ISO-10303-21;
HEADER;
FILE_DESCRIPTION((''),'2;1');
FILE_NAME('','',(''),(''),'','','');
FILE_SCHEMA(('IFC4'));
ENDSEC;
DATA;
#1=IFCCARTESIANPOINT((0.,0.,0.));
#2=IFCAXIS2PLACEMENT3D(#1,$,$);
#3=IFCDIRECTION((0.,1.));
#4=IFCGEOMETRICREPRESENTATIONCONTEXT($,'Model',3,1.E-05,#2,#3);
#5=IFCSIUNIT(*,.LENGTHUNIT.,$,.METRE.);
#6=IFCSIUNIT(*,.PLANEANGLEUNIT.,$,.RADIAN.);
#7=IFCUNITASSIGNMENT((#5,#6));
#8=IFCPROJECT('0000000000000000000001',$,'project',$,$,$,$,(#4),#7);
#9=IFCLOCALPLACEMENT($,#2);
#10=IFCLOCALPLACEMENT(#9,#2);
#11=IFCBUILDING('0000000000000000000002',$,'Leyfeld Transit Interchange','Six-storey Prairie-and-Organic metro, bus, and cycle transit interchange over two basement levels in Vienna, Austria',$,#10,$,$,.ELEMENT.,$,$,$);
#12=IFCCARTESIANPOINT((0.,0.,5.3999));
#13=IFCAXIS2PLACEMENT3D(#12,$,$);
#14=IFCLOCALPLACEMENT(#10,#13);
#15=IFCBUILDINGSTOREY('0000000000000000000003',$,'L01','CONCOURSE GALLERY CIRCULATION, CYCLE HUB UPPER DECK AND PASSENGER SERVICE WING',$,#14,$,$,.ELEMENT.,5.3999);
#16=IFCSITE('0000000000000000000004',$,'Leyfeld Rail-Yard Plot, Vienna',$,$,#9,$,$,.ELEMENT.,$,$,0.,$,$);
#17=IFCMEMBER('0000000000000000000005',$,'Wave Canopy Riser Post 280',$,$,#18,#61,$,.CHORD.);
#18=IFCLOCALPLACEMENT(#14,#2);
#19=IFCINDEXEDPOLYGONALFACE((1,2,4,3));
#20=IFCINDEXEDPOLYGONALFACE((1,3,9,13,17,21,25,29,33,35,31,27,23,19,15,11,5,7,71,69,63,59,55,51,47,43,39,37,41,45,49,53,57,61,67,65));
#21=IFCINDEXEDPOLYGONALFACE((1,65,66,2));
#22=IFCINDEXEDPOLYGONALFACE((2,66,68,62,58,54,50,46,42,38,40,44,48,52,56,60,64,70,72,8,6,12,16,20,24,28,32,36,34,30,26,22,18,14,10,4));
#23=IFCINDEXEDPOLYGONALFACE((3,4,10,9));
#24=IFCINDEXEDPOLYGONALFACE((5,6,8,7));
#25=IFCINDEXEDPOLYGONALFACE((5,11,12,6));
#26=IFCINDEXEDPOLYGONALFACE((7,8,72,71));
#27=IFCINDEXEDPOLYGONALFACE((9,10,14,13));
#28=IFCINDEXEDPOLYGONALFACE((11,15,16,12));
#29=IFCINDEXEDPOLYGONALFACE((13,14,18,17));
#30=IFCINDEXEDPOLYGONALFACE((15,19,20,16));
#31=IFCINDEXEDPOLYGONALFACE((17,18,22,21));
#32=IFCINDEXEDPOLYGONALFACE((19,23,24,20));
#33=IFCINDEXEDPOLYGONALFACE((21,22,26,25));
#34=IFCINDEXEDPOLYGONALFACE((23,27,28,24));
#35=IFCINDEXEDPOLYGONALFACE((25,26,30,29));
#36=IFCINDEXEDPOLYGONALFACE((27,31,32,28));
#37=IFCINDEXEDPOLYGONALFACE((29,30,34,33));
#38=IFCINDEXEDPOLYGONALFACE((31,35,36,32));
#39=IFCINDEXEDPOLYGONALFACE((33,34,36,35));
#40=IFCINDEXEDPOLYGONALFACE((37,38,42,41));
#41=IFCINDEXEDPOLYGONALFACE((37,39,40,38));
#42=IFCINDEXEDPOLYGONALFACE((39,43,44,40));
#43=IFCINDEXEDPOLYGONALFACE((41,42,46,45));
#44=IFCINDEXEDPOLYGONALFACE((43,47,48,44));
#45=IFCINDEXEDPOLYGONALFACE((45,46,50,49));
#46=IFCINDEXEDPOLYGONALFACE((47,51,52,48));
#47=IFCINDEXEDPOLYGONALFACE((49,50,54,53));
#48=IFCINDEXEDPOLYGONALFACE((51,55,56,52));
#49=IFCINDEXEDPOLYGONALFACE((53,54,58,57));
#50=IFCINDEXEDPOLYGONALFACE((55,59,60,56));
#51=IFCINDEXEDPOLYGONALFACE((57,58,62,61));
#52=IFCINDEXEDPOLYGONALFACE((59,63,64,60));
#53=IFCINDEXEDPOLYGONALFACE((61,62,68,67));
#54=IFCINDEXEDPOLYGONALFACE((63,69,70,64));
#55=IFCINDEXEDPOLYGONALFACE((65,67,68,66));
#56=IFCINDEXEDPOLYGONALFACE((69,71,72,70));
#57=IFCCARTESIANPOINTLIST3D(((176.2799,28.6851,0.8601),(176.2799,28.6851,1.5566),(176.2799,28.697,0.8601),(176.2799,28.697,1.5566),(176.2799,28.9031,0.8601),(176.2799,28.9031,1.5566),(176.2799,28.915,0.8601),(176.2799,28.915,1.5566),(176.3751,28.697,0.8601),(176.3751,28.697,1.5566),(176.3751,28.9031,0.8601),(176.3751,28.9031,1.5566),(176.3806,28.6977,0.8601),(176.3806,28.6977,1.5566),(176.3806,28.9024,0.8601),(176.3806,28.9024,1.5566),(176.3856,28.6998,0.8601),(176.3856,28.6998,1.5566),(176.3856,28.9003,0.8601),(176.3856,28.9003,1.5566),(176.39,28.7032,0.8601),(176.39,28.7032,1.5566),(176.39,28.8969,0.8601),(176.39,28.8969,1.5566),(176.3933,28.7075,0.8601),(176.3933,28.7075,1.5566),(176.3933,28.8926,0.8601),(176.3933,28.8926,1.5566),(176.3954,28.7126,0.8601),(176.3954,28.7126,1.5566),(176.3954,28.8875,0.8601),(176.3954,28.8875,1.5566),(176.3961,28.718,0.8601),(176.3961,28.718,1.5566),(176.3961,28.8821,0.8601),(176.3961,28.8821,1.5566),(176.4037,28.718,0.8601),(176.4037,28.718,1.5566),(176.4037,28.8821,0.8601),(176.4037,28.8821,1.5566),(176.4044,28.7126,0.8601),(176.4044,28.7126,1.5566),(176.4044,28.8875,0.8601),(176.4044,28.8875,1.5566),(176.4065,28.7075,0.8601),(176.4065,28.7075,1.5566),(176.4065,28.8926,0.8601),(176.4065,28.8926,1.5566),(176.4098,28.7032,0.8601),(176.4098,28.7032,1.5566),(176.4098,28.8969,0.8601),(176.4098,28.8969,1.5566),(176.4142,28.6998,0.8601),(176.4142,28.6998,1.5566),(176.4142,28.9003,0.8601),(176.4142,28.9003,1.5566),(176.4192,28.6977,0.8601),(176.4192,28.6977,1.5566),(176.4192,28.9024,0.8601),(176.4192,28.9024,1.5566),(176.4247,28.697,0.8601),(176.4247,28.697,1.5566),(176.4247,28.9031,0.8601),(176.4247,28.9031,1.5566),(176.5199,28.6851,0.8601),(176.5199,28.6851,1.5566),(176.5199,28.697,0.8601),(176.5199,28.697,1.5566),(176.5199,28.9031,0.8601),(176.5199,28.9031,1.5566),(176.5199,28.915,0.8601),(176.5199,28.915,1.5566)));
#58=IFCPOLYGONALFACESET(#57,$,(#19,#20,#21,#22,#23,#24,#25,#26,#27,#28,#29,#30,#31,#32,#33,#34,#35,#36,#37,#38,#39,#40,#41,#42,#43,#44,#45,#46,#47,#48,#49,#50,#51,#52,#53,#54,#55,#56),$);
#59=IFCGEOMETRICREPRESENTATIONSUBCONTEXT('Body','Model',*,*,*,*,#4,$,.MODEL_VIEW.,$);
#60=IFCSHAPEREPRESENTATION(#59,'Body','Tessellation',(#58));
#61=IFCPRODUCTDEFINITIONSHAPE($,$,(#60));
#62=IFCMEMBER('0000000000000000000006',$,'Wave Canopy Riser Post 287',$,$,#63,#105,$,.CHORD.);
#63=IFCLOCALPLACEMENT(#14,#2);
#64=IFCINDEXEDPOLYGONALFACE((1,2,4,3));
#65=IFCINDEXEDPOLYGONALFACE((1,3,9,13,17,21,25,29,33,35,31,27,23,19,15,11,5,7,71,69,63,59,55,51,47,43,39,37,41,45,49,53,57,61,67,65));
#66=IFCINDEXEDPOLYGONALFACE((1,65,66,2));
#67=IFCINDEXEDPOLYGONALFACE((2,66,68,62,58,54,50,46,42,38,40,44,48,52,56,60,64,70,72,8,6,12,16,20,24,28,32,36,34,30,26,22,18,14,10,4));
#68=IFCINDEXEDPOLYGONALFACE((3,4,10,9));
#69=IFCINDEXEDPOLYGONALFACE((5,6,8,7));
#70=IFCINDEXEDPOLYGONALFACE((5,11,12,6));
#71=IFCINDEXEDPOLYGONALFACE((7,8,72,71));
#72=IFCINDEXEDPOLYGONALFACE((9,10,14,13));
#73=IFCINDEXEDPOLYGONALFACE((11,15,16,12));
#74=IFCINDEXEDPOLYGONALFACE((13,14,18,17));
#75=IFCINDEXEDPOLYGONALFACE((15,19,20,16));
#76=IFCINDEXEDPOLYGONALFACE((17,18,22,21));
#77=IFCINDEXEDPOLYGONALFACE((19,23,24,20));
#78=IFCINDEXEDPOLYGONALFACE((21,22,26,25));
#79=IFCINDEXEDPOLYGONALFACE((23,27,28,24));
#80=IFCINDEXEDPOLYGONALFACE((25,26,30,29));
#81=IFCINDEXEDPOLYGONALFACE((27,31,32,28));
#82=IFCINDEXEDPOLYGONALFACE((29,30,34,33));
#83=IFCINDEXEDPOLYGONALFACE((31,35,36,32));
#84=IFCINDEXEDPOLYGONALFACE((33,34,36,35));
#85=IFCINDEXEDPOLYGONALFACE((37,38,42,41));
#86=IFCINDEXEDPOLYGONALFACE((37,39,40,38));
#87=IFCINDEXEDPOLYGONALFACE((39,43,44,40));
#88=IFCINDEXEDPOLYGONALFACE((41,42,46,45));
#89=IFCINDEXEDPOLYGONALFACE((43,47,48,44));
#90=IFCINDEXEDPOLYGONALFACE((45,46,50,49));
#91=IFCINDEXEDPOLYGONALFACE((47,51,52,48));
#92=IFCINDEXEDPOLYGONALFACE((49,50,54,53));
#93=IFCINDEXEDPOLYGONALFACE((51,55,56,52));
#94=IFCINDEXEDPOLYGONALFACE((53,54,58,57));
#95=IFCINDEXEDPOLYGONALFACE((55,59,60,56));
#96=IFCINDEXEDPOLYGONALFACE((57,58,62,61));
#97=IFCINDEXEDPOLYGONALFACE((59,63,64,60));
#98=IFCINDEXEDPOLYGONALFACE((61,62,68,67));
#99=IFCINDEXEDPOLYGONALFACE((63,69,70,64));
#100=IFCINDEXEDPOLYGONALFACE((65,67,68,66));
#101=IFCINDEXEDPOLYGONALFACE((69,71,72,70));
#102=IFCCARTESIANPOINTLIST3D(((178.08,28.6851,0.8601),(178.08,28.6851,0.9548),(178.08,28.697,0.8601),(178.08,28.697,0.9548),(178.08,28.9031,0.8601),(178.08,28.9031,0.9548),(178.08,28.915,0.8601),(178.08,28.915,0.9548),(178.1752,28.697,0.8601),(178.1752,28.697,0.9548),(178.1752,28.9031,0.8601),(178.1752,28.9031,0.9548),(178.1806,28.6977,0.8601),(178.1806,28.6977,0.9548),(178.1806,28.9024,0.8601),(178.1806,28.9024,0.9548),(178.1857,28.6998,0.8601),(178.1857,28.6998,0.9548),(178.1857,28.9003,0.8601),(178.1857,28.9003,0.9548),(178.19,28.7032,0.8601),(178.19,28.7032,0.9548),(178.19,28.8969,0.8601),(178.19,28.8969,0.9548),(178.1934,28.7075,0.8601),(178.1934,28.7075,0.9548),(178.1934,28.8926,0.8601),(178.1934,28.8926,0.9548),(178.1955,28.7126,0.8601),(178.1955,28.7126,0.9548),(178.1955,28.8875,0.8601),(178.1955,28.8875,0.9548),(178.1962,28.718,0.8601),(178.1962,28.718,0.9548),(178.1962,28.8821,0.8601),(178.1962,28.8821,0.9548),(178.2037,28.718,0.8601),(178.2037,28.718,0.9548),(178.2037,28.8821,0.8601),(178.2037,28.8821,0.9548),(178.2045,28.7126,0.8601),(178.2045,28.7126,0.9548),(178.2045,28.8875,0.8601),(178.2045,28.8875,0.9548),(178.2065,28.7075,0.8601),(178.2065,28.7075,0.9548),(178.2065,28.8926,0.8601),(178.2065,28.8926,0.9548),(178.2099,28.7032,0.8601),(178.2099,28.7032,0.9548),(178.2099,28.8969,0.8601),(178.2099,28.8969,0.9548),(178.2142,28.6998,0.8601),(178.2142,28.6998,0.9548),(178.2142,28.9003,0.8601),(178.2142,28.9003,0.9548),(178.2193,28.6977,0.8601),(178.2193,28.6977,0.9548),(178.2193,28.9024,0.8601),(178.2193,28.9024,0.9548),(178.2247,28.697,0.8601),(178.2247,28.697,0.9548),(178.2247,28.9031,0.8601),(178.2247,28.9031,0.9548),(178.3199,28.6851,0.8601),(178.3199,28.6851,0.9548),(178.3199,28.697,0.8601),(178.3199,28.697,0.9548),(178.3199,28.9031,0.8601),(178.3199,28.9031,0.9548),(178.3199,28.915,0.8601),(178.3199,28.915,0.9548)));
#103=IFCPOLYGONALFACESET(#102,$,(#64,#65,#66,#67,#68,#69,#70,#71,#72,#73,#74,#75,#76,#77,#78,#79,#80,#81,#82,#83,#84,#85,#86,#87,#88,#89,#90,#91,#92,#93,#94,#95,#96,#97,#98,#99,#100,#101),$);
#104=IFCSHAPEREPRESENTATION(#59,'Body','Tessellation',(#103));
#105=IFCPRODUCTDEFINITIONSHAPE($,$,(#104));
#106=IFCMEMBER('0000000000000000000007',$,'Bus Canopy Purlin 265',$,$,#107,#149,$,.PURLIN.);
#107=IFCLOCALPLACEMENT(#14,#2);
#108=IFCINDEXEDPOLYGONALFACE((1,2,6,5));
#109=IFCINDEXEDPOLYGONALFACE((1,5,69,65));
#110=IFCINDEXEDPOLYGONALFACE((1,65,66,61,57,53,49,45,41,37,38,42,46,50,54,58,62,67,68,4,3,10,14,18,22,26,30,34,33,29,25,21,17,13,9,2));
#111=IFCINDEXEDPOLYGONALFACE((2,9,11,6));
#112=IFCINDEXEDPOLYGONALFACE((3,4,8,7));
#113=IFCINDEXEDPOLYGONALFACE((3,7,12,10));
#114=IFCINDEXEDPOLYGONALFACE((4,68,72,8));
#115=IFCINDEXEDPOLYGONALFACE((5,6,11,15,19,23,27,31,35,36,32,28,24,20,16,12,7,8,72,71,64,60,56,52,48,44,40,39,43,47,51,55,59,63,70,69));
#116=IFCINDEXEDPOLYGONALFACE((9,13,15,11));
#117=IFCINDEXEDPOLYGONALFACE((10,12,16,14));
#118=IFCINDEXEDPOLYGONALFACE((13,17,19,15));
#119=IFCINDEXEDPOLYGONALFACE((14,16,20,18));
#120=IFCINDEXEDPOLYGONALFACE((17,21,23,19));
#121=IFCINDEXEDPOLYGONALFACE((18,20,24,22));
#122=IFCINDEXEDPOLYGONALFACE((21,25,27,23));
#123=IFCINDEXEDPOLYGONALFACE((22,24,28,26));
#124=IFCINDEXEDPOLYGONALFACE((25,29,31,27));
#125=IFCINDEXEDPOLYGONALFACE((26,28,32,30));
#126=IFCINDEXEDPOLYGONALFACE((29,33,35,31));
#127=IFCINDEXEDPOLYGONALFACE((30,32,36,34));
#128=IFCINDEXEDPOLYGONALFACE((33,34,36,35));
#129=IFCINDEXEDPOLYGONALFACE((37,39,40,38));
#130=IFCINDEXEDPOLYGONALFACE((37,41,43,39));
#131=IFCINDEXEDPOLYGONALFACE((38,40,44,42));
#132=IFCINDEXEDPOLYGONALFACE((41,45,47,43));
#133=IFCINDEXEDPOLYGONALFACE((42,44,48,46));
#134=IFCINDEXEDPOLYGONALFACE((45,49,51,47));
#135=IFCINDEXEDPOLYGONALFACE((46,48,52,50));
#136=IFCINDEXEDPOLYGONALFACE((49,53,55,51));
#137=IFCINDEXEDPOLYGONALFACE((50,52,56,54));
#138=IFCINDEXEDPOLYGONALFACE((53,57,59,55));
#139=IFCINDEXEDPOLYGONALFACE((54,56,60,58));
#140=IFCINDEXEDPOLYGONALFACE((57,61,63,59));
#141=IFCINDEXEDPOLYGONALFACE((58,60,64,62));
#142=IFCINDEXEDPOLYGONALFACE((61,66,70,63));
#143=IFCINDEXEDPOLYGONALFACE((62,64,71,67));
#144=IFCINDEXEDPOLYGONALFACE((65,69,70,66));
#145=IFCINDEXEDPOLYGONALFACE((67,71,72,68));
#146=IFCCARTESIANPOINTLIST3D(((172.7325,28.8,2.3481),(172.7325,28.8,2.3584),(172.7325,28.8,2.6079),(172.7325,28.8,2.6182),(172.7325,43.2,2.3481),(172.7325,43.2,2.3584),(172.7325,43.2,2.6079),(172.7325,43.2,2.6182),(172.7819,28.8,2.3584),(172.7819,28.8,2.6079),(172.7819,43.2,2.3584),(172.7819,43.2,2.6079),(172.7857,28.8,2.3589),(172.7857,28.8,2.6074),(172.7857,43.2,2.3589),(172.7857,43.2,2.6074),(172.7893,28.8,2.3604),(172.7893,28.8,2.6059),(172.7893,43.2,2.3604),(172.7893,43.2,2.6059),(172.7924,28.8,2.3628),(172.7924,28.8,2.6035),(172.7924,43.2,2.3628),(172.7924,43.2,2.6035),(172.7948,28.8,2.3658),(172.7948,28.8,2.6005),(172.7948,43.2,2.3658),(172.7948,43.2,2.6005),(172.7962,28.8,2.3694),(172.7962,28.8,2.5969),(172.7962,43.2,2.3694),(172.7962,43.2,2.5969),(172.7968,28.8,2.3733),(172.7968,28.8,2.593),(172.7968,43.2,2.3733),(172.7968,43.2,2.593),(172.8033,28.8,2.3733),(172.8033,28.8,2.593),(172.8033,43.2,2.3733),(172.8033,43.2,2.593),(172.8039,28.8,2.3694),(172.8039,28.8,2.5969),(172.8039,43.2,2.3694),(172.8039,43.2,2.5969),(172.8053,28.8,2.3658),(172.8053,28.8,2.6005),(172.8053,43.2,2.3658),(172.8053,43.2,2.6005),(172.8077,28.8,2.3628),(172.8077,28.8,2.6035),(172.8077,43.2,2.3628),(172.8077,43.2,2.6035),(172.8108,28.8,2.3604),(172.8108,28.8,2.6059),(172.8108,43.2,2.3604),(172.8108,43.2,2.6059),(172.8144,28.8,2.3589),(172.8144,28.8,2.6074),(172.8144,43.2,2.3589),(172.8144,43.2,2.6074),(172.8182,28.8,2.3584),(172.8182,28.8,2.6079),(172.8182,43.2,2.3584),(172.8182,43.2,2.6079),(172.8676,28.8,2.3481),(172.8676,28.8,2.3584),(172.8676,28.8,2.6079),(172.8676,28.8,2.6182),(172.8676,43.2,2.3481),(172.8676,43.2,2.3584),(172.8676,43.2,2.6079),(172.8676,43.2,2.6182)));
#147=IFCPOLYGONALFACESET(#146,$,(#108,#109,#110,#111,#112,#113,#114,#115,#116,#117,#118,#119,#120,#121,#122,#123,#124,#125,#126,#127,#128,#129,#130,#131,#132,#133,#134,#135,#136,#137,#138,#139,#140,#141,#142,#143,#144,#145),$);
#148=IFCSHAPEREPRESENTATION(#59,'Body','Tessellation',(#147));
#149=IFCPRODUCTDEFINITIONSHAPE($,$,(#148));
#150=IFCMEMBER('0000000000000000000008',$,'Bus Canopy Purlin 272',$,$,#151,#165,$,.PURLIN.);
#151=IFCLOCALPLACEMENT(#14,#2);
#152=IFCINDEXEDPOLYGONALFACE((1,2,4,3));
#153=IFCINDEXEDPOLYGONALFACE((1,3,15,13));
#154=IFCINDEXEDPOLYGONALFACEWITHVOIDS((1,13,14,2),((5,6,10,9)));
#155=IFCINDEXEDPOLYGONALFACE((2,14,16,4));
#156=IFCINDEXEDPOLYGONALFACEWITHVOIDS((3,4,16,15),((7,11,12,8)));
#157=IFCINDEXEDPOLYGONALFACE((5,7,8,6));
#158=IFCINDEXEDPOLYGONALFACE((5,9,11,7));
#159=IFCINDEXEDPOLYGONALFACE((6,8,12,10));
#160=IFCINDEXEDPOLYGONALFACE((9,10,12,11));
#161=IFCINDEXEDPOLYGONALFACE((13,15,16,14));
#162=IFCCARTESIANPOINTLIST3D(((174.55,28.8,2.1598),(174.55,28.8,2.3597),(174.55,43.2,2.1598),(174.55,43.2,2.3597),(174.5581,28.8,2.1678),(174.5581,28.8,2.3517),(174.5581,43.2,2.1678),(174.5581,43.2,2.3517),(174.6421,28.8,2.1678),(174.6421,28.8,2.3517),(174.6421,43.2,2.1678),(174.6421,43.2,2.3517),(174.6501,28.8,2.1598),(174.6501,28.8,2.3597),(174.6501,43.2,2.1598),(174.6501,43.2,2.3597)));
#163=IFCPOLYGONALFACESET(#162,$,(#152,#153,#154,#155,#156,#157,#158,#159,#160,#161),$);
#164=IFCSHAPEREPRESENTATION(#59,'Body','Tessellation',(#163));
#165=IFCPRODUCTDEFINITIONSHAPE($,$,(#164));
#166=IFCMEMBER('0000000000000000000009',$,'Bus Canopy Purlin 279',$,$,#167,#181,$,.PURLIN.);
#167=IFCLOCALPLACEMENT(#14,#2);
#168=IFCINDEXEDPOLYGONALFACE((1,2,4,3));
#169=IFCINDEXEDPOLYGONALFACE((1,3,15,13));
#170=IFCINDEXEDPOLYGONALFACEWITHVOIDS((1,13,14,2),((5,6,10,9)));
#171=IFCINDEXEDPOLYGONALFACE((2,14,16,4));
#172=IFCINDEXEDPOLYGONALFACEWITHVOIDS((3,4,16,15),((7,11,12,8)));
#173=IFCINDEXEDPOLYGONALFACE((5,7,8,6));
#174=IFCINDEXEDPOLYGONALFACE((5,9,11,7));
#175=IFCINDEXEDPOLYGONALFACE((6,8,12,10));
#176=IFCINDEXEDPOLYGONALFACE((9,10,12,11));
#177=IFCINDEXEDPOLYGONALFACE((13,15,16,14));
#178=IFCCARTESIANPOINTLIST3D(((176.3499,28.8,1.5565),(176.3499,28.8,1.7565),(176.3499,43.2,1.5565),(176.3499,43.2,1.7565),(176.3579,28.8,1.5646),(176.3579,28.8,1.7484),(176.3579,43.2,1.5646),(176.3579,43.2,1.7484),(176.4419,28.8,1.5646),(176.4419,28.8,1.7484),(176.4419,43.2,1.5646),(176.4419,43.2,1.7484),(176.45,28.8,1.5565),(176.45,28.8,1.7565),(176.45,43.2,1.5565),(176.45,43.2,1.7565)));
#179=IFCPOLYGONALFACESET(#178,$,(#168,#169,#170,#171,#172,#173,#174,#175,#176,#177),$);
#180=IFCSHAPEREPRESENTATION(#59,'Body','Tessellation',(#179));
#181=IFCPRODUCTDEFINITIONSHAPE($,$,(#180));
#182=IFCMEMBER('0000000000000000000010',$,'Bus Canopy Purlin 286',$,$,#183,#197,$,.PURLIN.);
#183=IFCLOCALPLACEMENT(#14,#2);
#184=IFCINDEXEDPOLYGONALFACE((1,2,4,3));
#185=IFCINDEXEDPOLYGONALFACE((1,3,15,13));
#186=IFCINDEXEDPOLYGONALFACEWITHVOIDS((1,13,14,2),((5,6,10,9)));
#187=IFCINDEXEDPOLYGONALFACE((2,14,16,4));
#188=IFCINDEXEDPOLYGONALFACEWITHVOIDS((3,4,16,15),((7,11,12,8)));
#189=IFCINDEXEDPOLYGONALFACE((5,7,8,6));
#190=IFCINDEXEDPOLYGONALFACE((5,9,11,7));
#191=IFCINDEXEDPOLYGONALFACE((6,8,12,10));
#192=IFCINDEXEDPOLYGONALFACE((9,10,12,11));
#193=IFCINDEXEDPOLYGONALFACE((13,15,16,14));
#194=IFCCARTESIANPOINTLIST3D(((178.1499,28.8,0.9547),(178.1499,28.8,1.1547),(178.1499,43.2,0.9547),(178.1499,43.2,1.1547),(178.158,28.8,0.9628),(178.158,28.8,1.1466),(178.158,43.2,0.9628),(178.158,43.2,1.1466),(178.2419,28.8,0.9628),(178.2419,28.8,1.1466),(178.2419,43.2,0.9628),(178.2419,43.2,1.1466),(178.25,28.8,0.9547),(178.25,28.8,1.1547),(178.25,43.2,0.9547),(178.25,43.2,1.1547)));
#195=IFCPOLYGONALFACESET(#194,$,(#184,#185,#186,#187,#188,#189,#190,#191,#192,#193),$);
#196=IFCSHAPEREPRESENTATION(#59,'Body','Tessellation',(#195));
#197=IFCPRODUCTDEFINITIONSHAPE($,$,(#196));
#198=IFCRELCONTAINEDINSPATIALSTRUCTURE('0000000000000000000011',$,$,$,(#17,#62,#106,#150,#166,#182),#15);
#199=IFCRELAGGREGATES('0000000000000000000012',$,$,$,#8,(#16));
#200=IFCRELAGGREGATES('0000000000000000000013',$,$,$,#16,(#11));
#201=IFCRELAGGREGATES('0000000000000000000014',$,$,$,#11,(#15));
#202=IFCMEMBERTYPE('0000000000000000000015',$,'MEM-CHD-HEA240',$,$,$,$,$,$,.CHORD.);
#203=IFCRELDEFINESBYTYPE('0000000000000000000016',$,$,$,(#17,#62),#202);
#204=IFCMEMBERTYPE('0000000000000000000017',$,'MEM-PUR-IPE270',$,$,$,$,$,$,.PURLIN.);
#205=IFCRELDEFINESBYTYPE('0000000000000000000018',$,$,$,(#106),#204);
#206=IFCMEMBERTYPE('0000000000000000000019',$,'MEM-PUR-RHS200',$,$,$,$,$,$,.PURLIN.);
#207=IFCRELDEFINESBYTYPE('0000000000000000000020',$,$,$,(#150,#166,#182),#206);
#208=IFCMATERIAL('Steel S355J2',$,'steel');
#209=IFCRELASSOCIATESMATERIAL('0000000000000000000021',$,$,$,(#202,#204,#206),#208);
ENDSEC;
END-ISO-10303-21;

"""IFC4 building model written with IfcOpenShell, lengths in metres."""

from ifc_helpers import new_model, si_unit, direction, frame, origin, origin_2d, place, context, subcontext, project, spatial, hollow_rectangle, i_section, extrude, material, material_profile, profile_set, type_object, element, save


model = new_model("IFC4")

# Units and contexts
model_context = context("Model", 3, precision=1e-05, world=origin(), true_north=direction((0.0, 1.0)))
body_context = subcontext(model_context, "Body", "Model", "MODEL_VIEW")
ifc_project = project(units=[si_unit("LENGTHUNIT", "METRE"), si_unit("PLANEANGLEUNIT", "RADIAN")], contexts=[model_context])

# Site, building, storey
site_placement = place(None, origin())
site = spatial("IfcSite", under=ifc_project, at=site_placement, Name="Leyfeld Rail-Yard Plot, Vienna", CompositionType="ELEMENT", RefElevation=0.0)
building_placement = place(site_placement, origin())
building = spatial("IfcBuilding", under=site, at=building_placement, Name="Leyfeld Transit Interchange", Description="Six-storey Prairie-and-Organic metro, bus, and cycle transit interchange over two basement levels in Vienna, Austria", CompositionType="ELEMENT")
storey_placement = place(building_placement, frame((0.0, 0.0, 5.3999)))
storey = spatial("IfcBuildingStorey", under=building, at=storey_placement, Name="L01", Description="CONCOURSE GALLERY CIRCULATION, CYCLE HUB UPPER DECK AND PASSENGER SERVICE WING", CompositionType="ELEMENT", Elevation=5.3999)

# Shared definitions
ifc_material_1 = material(Name="Steel S355J2", Category="steel")

# Members
ifc_material_profile_1 = material_profile(ifc_material_1, i_section(OverallWidth=0.24, OverallDepth=0.23, WebThickness=0.0076, FlangeThickness=0.012, FilletRadius=0.021, at=origin_2d()), Name="HEA 240")
ifc_profile_set_1 = profile_set([ifc_material_profile_1], Name="Steel S355J2")
member_type_1 = type_object("IfcMemberType", Name="MEM-CHD-HEA240", PredefinedType="CHORD", material=ifc_profile_set_1)
member_1_placement = place(storey_placement, frame((176.3999, 28.8, 0.8601), z_axis=(0.0, 0.0, 1.0), x_axis=(1.0, 0.0, 0.0)))
element("IfcMember", 1, at=member_1_placement, inside=storey, type_object=member_type_1, Name="Wave Canopy Riser Post 280", PredefinedType="CHORD", context=body_context, shape_type="SweptSolid", body=[
    extrude(i_section(OverallWidth=0.24, OverallDepth=0.23, WebThickness=0.0076, FlangeThickness=0.012, FilletRadius=0.021, at=origin_2d()), origin(), (0.0, 0.0, 1.0), 0.6965),
])
member_2_placement = place(storey_placement, frame((178.2, 28.8, 0.8601), z_axis=(0.0, 0.0, 1.0), x_axis=(1.0, 0.0, 0.0)))
element("IfcMember", 2, at=member_2_placement, inside=storey, type_object=member_type_1, Name="Wave Canopy Riser Post 287", PredefinedType="CHORD", context=body_context, shape_type="SweptSolid", body=[
    extrude(i_section(OverallWidth=0.24, OverallDepth=0.23, WebThickness=0.0076, FlangeThickness=0.012, FilletRadius=0.021, at=origin_2d()), origin(), (0.0, 0.0, 1.0), 0.0947),
])
ifc_material_profile_2 = material_profile(ifc_material_1, i_section(OverallWidth=0.135, OverallDepth=0.27, WebThickness=0.0066, FlangeThickness=0.0103, FilletRadius=0.0149, at=origin_2d()), Name="IPE 270")
ifc_profile_set_2 = profile_set([ifc_material_profile_2], Name="Steel S355J2")
member_type_2 = type_object("IfcMemberType", Name="MEM-PUR-IPE270", PredefinedType="PURLIN", material=ifc_profile_set_2)
member_3_placement = place(storey_placement, frame((172.8, 28.8, 2.4832), z_axis=(0.0, 1.0, 0.0), x_axis=(-1.0, 0.0, 0.0)))
element("IfcMember", 3, at=member_3_placement, inside=storey, type_object=member_type_2, Name="Bus Canopy Purlin 265", PredefinedType="PURLIN", context=body_context, shape_type="SweptSolid", body=[
    extrude(i_section(OverallWidth=0.135, OverallDepth=0.27, WebThickness=0.0066, FlangeThickness=0.0103, FilletRadius=0.0149, at=origin_2d()), origin(), (0.0, 0.0, 1.0), 14.3999),
])
ifc_material_profile_3 = material_profile(ifc_material_1, hollow_rectangle(XDim=0.1001, YDim=0.2, WallThickness=0.0081, at=origin_2d()), Name="RHS 200x100x8")
ifc_profile_set_3 = profile_set([ifc_material_profile_3], Name="Steel S355J2")
member_type_3 = type_object("IfcMemberType", Name="MEM-PUR-RHS200", PredefinedType="PURLIN", material=ifc_profile_set_3)
for number, where, z_axis, x_axis, name in (
    (4, (174.6001, 28.8, 2.2598), (0.0, 1.0, 0.0), (-1.0, 0.0, 0.0), "Bus Canopy Purlin 272"),
    (5, (176.3999, 28.8, 1.6565), (0.0, 1.0, 0.0), (-1.0, 0.0, 0.0), "Bus Canopy Purlin 279"),
    (6, (178.2, 28.8, 1.0547), (0.0, 1.0, 0.0), (-1.0, 0.0, 0.0), "Bus Canopy Purlin 286"),
):
    element("IfcMember", number, at=place(storey_placement, frame(where, z_axis=z_axis, x_axis=x_axis)), inside=storey, type_object=member_type_3, Name=name, PredefinedType="PURLIN", context=body_context, shape_type="SweptSolid", body=[
        extrude(hollow_rectangle(XDim=0.1001, YDim=0.2, WallThickness=0.0081, at=origin_2d()), origin(), (0.0, 0.0, 1.0), 14.3999),
    ])

save(model, "model.ifc")
